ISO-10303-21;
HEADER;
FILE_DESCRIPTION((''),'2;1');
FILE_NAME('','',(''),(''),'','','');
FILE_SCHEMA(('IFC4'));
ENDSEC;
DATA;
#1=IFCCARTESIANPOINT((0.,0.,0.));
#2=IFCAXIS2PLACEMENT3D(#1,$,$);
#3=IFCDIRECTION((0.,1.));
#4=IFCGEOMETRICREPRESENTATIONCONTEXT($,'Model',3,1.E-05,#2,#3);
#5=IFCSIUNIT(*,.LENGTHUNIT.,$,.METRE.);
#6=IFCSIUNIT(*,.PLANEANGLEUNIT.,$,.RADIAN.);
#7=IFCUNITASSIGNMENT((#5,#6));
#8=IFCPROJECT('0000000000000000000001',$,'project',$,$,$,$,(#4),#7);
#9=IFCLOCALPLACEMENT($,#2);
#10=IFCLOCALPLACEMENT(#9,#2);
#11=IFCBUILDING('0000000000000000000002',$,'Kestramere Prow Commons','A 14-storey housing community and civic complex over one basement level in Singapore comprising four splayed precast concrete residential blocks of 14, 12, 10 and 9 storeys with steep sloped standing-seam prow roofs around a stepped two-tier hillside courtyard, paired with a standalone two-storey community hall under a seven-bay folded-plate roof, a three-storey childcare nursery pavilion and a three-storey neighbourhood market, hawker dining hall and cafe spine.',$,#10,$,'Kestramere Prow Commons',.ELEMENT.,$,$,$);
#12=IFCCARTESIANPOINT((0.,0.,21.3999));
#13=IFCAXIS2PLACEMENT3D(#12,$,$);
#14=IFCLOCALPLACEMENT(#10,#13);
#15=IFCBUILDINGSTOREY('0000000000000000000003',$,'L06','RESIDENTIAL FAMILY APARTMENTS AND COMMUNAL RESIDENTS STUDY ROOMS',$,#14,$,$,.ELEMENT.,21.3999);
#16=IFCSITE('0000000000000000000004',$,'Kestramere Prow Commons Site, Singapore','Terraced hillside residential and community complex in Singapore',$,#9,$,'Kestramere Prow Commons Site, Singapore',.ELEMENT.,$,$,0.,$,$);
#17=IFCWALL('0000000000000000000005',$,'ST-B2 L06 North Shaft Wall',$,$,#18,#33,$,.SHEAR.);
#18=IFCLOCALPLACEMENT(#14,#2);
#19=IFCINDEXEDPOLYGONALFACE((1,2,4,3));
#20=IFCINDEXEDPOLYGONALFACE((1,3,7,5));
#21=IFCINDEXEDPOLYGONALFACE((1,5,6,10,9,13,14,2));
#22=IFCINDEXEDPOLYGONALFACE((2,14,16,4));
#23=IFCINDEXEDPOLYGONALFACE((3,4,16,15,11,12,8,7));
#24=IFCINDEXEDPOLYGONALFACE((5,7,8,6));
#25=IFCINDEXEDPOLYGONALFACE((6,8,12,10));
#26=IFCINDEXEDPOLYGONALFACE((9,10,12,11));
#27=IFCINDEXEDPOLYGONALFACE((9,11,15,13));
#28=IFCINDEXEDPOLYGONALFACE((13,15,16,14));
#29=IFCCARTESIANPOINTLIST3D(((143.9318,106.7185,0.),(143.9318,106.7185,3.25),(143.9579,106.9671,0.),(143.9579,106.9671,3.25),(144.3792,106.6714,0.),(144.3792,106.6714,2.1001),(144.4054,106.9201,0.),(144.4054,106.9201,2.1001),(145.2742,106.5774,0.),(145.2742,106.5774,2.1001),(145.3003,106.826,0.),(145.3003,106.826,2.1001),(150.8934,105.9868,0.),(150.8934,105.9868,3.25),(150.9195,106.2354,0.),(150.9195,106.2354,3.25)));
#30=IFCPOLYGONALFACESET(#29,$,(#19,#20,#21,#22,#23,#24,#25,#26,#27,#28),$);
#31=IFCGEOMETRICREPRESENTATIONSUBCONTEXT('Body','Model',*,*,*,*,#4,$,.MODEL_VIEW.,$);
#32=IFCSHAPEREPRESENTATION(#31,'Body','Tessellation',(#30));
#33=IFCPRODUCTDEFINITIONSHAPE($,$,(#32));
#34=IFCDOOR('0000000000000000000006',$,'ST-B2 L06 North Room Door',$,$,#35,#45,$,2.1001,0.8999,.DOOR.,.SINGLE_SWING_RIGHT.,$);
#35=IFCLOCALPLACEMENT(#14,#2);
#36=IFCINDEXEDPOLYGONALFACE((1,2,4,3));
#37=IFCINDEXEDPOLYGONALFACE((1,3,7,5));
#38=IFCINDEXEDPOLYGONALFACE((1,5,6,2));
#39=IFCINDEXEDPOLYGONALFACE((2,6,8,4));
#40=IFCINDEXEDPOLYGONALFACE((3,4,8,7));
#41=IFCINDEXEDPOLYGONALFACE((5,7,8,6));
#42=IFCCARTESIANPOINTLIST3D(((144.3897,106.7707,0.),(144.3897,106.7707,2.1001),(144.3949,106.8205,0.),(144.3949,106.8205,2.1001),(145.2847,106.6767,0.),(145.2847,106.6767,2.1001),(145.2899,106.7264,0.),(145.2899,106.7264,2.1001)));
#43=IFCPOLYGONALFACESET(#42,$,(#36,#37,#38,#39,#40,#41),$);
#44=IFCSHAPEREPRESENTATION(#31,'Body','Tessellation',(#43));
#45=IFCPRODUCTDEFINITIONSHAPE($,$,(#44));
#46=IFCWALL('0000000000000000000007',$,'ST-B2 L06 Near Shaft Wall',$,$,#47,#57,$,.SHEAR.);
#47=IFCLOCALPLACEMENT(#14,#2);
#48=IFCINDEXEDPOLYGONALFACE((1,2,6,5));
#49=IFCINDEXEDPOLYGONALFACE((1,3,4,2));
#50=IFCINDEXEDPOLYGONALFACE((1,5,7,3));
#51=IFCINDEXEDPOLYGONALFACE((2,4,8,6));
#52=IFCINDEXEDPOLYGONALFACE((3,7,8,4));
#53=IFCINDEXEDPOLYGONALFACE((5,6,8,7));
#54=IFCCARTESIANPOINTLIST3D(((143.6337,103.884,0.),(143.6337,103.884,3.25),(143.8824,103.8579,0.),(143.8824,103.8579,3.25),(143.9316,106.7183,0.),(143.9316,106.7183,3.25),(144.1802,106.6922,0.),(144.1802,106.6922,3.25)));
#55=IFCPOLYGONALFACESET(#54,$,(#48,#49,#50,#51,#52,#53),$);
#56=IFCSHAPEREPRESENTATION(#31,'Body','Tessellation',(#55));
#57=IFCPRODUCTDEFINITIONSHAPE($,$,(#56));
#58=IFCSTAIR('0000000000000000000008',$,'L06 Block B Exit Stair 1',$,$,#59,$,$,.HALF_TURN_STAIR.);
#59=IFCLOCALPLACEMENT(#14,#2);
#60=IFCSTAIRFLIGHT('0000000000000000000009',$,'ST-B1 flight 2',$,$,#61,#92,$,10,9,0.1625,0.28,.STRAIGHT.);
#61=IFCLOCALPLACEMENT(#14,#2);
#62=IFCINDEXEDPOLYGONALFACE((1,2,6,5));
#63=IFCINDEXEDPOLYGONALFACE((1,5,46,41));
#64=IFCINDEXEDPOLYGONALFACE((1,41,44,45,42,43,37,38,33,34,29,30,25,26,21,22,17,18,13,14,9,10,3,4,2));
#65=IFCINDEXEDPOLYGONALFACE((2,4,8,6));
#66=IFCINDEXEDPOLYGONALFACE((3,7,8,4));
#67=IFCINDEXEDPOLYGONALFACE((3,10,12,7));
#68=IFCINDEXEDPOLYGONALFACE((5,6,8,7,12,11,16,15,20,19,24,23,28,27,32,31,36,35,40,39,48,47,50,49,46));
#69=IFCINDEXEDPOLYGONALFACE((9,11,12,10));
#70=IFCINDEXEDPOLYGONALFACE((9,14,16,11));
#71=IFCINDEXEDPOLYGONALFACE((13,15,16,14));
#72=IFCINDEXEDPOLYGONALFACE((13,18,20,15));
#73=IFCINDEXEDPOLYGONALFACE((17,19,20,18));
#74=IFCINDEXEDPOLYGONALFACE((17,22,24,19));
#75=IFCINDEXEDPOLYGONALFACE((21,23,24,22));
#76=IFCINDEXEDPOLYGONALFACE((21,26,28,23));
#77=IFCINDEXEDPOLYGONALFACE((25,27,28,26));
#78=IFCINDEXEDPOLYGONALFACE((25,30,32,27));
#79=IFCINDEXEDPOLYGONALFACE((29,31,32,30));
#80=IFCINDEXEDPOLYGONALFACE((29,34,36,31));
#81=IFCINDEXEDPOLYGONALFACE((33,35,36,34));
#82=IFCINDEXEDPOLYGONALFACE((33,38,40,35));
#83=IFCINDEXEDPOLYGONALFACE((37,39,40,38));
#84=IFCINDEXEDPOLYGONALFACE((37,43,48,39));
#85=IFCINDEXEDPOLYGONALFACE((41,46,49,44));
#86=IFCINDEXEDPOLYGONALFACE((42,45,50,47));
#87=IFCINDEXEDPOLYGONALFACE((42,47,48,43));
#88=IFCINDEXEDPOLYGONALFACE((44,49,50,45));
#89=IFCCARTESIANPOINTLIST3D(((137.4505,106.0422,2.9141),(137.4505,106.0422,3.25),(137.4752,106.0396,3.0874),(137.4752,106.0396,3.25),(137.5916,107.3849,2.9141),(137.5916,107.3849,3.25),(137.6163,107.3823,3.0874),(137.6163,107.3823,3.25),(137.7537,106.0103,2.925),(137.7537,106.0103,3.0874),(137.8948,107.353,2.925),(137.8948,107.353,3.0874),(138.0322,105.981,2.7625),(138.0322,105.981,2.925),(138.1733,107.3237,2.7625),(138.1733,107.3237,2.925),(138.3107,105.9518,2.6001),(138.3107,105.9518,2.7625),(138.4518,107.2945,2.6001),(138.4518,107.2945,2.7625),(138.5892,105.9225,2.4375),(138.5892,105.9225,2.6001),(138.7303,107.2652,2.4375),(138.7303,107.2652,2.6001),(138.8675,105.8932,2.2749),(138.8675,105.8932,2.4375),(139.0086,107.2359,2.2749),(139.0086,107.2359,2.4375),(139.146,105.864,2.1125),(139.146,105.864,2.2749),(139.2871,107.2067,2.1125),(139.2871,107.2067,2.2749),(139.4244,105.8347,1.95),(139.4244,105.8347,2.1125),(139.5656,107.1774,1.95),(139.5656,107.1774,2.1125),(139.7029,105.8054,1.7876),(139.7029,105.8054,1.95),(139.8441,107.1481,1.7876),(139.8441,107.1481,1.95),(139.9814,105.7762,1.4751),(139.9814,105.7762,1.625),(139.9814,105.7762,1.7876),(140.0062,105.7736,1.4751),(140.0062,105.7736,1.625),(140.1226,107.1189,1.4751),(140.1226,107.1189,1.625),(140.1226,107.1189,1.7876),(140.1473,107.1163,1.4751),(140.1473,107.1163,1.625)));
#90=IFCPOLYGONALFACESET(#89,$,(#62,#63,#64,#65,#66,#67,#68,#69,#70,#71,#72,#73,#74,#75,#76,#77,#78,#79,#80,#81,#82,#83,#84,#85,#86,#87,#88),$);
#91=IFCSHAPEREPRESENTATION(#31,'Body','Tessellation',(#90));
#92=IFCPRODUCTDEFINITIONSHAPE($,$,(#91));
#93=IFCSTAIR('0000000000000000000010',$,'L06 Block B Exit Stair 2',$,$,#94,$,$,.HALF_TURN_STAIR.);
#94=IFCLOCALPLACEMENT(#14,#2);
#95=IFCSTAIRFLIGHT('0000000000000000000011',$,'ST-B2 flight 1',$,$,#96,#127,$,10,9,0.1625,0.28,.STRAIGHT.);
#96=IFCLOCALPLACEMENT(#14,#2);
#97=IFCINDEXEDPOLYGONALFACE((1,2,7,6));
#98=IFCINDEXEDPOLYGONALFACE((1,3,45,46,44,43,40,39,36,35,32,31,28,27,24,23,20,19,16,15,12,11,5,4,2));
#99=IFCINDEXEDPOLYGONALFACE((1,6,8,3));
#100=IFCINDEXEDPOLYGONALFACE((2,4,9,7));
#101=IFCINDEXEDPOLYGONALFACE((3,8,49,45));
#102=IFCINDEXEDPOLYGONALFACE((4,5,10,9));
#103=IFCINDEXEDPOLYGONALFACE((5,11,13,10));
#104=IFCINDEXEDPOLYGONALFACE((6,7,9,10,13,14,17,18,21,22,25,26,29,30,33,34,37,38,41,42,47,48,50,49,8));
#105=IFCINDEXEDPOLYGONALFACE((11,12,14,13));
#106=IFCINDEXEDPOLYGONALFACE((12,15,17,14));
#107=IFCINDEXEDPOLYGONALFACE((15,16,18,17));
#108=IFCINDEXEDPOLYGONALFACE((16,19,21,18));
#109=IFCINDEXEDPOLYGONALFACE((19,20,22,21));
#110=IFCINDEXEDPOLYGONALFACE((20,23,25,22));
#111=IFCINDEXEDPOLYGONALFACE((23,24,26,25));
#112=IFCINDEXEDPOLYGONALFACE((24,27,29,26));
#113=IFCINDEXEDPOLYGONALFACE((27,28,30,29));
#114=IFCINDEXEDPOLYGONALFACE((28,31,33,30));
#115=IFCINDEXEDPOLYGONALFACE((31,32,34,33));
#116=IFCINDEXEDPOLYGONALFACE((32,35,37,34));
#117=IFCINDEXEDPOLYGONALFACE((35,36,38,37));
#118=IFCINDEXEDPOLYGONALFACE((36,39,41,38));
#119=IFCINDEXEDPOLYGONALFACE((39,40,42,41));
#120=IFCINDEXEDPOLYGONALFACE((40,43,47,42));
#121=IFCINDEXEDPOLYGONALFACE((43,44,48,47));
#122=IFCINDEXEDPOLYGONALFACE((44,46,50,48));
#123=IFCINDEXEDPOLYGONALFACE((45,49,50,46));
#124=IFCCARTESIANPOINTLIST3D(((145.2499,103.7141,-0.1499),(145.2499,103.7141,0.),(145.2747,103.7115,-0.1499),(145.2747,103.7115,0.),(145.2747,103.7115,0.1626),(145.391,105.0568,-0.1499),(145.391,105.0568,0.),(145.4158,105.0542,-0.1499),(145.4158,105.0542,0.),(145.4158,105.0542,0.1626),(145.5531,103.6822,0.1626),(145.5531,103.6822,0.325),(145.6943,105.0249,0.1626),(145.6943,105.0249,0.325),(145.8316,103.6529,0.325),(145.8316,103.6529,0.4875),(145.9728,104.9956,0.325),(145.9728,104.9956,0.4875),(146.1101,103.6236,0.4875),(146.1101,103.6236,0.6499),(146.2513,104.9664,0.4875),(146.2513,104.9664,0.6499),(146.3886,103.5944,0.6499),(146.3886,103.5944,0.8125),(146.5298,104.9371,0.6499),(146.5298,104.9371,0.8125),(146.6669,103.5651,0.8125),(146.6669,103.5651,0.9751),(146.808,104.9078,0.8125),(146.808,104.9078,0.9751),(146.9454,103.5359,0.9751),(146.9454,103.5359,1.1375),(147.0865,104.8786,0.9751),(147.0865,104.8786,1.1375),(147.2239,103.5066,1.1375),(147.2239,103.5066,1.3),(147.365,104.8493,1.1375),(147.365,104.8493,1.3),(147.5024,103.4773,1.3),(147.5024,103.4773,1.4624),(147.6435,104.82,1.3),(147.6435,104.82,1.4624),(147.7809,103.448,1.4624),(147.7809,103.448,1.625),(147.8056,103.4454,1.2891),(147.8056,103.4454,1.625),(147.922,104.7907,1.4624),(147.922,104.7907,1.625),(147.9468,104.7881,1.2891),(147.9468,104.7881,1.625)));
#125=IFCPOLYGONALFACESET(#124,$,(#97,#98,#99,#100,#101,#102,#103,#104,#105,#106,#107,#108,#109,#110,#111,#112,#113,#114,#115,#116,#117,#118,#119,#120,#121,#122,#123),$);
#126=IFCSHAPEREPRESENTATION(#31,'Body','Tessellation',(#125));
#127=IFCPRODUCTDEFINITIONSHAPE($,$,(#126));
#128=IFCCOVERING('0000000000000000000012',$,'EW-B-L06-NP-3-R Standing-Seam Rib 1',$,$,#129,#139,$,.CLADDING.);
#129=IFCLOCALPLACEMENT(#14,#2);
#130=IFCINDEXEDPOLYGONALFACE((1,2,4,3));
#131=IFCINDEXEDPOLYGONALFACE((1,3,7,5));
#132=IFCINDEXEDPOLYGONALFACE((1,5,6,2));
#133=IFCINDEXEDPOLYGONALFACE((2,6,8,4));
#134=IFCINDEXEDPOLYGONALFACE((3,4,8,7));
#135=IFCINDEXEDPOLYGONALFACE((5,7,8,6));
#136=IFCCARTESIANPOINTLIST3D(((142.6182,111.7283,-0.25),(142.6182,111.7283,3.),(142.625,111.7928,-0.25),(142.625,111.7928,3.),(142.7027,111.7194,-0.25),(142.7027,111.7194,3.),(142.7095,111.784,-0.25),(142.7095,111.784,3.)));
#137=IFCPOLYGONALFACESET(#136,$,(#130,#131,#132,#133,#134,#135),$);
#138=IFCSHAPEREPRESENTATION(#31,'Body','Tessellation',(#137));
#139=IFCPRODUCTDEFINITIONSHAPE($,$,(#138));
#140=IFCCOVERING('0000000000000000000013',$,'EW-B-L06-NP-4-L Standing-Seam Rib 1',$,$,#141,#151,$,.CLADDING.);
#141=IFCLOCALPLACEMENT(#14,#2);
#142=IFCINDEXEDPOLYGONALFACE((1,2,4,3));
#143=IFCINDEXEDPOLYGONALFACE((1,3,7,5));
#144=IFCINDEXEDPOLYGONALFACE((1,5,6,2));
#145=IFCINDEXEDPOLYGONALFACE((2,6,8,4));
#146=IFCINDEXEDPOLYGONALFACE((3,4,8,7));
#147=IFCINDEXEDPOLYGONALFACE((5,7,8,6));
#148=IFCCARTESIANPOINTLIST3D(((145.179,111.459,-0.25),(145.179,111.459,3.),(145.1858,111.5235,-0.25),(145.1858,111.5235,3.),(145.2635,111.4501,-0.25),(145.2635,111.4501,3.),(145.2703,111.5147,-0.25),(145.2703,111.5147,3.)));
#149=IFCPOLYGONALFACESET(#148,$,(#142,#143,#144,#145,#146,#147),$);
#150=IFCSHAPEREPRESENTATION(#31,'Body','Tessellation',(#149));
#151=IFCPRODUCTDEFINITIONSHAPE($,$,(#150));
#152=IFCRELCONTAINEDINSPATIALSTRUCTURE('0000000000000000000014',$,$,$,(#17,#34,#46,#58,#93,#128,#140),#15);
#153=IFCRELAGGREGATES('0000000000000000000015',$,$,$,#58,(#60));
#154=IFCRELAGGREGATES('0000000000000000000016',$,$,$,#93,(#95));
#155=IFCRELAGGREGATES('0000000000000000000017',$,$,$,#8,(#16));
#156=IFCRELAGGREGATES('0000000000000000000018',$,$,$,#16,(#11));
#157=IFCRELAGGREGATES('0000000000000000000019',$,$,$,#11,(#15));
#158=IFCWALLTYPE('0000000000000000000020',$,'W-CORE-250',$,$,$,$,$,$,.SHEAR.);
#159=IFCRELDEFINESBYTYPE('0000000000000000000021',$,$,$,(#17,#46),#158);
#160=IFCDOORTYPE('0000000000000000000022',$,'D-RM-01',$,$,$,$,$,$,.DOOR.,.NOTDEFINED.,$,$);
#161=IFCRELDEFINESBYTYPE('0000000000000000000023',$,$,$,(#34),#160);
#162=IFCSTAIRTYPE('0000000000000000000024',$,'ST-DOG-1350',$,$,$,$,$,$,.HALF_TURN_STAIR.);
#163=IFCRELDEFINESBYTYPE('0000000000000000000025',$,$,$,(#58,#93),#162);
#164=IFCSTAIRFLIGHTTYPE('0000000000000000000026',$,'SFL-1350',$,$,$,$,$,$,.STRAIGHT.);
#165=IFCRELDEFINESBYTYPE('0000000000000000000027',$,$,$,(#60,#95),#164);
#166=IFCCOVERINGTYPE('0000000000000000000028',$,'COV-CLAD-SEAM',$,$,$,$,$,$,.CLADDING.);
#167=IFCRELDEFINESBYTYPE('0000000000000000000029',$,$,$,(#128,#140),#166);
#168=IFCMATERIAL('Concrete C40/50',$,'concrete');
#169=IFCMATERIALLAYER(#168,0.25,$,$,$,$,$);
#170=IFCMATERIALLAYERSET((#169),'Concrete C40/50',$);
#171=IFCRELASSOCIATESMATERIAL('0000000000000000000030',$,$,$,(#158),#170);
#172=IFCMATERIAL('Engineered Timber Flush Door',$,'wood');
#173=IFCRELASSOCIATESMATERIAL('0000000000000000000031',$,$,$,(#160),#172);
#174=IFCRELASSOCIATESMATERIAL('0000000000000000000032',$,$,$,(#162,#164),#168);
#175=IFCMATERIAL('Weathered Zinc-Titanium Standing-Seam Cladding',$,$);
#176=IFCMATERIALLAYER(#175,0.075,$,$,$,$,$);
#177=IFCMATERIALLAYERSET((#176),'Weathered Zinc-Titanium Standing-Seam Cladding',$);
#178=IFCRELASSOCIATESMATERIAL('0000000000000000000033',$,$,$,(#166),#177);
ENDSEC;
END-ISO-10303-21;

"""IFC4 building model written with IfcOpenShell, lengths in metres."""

from ifc_helpers import new_model, si_unit, direction, frame, frame_2d, origin, origin_2d, place, context, subcontext, project, spatial, polyline, rectangle, outline, extrude, material, layer, layer_set, type_object, element, fill, aggregate, save


model = new_model("IFC4")

# Units and contexts
model_context = context("Model", 3, precision=1e-05, world=origin(), true_north=direction((0.0, 1.0)))
body_context = subcontext(model_context, "Body", "Model", "MODEL_VIEW")
ifc_project = project(units=[si_unit("LENGTHUNIT", "METRE"), si_unit("PLANEANGLEUNIT", "RADIAN")], contexts=[model_context])

# Site, building, storey
site_placement = place(None, origin())
site = spatial("IfcSite", under=ifc_project, at=site_placement, Name="Kestramere Prow Commons Site, Singapore", Description="Terraced hillside residential and community complex in Singapore", LongName="Kestramere Prow Commons Site, Singapore", CompositionType="ELEMENT", RefElevation=0.0)
building_placement = place(site_placement, origin())
building = spatial("IfcBuilding", under=site, at=building_placement, Name="Kestramere Prow Commons", Description="A 14-storey housing community and civic complex over one basement level in Singapore comprising four splayed precast concrete residential blocks of 14, 12, 10 and 9 storeys with steep sloped standing-seam prow roofs around a stepped two-tier hillside courtyard, paired with a standalone two-storey community hall under a seven-bay folded-plate roof, a three-storey childcare nursery pavilion and a three-storey neighbourhood market, hawker dining hall and cafe spine.", LongName="Kestramere Prow Commons", CompositionType="ELEMENT")
storey_placement = place(building_placement, frame((0.0, 0.0, 21.3999)))
storey = spatial("IfcBuildingStorey", under=building, at=storey_placement, Name="L06", Description="RESIDENTIAL FAMILY APARTMENTS AND COMMUNAL RESIDENTS STUDY ROOMS", CompositionType="ELEMENT", Elevation=21.3999)

# Shared definitions
ifc_material_1 = material(Name="Concrete C40/50", Category="concrete")

# Shared definitions
ifc_layer_1 = layer(ifc_material_1, 0.25)
ifc_layer_set_1 = layer_set([ifc_layer_1], Name="Concrete C40/50")
wall_type_1 = type_object("IfcWallType", Name="W-CORE-250", PredefinedType="SHEAR", material=ifc_layer_set_1)

# Wall, opening, door
wall_1_placement = place(storey_placement, frame((143.9448, 106.8428, 0.0), z_axis=(0.0, 0.0, 1.0), x_axis=(0.994522, -0.104527, 0.0)))
wall_1 = element("IfcWall", 1, at=wall_1_placement, inside=storey, type_object=wall_type_1, Name="ST-B2 L06 North Shaft Wall", PredefinedType="SHEAR", context=body_context, shape_type="SweptSolid", body=[
    extrude(rectangle(XDim=7.0, YDim=0.25, at=frame_2d((3.5, 0.0))), origin(), (0.0, 0.0, 1.0), 3.25),
])
opening_1_placement = place(wall_1_placement, frame((0.45, 0.0, 0.0)))
opening_1 = element("IfcOpeningElement", 2, at=opening_1_placement, cuts=wall_1, PredefinedType="OPENING", context=body_context, shape_type="SweptSolid", body=[
    extrude(rectangle(XDim=0.8999, YDim=2.1001, at=frame_2d((0.45, 1.05))), frame((0.0, 0.1399, 0.0), z_axis=(0.0, -1.0, 0.0), x_axis=(1.0, 0.0, 0.0)), (0.0, 0.0, 1.0), 0.28),
])
ifc_material_2 = material(Name="Engineered Timber Flush Door", Category="wood")
door_type_1 = type_object("IfcDoorType", Name="D-RM-01", OperationType="NOTDEFINED", PredefinedType="DOOR", material=ifc_material_2)
door_1_placement = place(opening_1_placement, origin())
door_1 = element("IfcDoor", 3, at=door_1_placement, inside=storey, type_object=door_type_1, Name="ST-B2 L06 North Room Door", OperationType="SINGLE_SWING_RIGHT", OverallHeight=2.1001, OverallWidth=0.8999, PredefinedType="DOOR", context=body_context, shape_type="SweptSolid", body=[
    extrude(rectangle(XDim=0.8999, YDim=2.1001, at=frame_2d((0.45, 1.05))), frame((0.0, 0.0249, 0.0), z_axis=(0.0, -1.0, 0.0), x_axis=(1.0, 0.0, 0.0)), (0.0, 0.0, 1.0), 0.05),
])
fill(opening_1, door_1)

# Wall
wall_2_placement = place(storey_placement, frame((143.7581, 103.8711, 0.0), z_axis=(0.0, 0.0, 1.0), x_axis=(0.104515, 0.994523, 0.0)))
element("IfcWall", 4, at=wall_2_placement, inside=storey, type_object=wall_type_1, Name="ST-B2 L06 Near Shaft Wall", PredefinedType="SHEAR", context=body_context, shape_type="SweptSolid", body=[
    extrude(rectangle(XDim=2.8499, YDim=0.25, at=frame_2d((1.4248, 0.0))), origin(), (0.0, 0.0, 1.0), 3.25),
])

# Stairs, stair flights
stair_type = type_object("IfcStairType", Name="ST-DOG-1350", PredefinedType="HALF_TURN_STAIR", material=ifc_material_1)
stair_1_placement = place(storey_placement, origin())
stair_1 = element("IfcStair", 5, at=stair_1_placement, inside=storey, type_object=stair_type, Name="L06 Block B Exit Stair 1", PredefinedType="HALF_TURN_STAIR")
stair_flight_type = type_object("IfcStairFlightType", Name="SFL-1350", PredefinedType="STRAIGHT", material=ifc_material_1)
stair_flight_1_placement = place(storey_placement, frame((140.052, 106.4475, 1.625), z_axis=(0.0, 0.0, 1.0), x_axis=(-0.994522, 0.104528, 0.0)))
stair_flight_1 = element("IfcStairFlight", 6, at=stair_flight_1_placement, type_object=stair_flight_type, Name="ST-B1 flight 2", NumberOfRisers=10, NumberOfTreads=9, PredefinedType="STRAIGHT", RiserHeight=0.1625, TreadLength=0.28, context=body_context, shape_type="SweptSolid", body=[
    extrude(outline(polyline([(-0.0249, 0.0), (0.0, 0.0), (0.0, 0.1626), (0.28, 0.1626), (0.28, 0.325), (0.5601, 0.325), (0.5601, 0.4875), (0.8401, 0.4875), (0.8401, 0.6499), (1.1201, 0.6499), (1.1201, 0.8125), (1.3999, 0.8125), (1.3999, 0.9751), (1.6799, 0.9751), (1.6799, 1.1375), (1.96, 1.1375), (1.96, 1.3), (2.24, 1.3), (2.24, 1.4624), (2.52, 1.4624), (2.52, 1.625), (2.5449, 1.625), (2.5449, 1.2891), (0.0, -0.1499), (-0.0249, -0.1499), (-0.0249, 0.0)])), frame((0.0, 0.675, 0.0), z_axis=(0.0, -1.0, 0.0), x_axis=(1.0, 0.0, 0.0)), (0.0, 0.0, 1.0), 1.3501),
])
aggregate(stair_1, [stair_flight_1])
stair_2_placement = place(storey_placement, origin())
stair_2 = element("IfcStair", 7, at=stair_2_placement, inside=storey, type_object=stair_type, Name="L06 Block B Exit Stair 2", PredefinedType="HALF_TURN_STAIR")
stair_flight_2_placement = place(storey_placement, frame((145.3452, 104.3828, 0.0), z_axis=(0.0, 0.0, 1.0), x_axis=(0.994522, -0.104528, 0.0)))
stair_flight_2 = element("IfcStairFlight", 8, at=stair_flight_2_placement, type_object=stair_flight_type, Name="ST-B2 flight 1", NumberOfRisers=10, NumberOfTreads=9, PredefinedType="STRAIGHT", RiserHeight=0.1625, TreadLength=0.28, context=body_context, shape_type="SweptSolid", body=[
    extrude(outline(polyline([(-0.0249, 0.0), (0.0, 0.0), (0.0, 0.1626), (0.28, 0.1626), (0.28, 0.325), (0.5601, 0.325), (0.5601, 0.4875), (0.8401, 0.4875), (0.8401, 0.6499), (1.1201, 0.6499), (1.1201, 0.8125), (1.3999, 0.8125), (1.3999, 0.9751), (1.6799, 0.9751), (1.6799, 1.1375), (1.96, 1.1375), (1.96, 1.3), (2.24, 1.3), (2.24, 1.4624), (2.52, 1.4624), (2.52, 1.625), (2.5449, 1.625), (2.5449, 1.2891), (0.0, -0.1499), (-0.0249, -0.1499), (-0.0249, 0.0)])), frame((0.0, 0.675, 0.0), z_axis=(0.0, -1.0, 0.0), x_axis=(1.0, 0.0, 0.0)), (0.0, 0.0, 1.0), 1.3501),
])
aggregate(stair_2, [stair_flight_2])

# Coverings
ifc_material_3 = material(Name="Weathered Zinc-Titanium Standing-Seam Cladding")
ifc_layer_2 = layer(ifc_material_3, 0.075)
ifc_layer_set_2 = layer_set([ifc_layer_2], Name="Weathered Zinc-Titanium Standing-Seam Cladding")
covering_type = type_object("IfcCoveringType", Name="COV-CLAD-SEAM", PredefinedType="CLADDING", material=ifc_layer_set_2)
for number, where, z_axis, x_axis, name in (
    (9, (142.6638, 111.7561, -0.25), (0.0, 0.0, 1.0), (0.994522, -0.104528, 0.0), "EW-B-L06-NP-3-R Standing-Seam Rib 1"),
    (10, (145.2246, 111.4868, -0.25), (0.0, 0.0, 1.0), (0.994522, -0.104528, 0.0), "EW-B-L06-NP-4-L Standing-Seam Rib 1"),
):
    element("IfcCovering", number, at=place(storey_placement, frame(where, z_axis=z_axis, x_axis=x_axis)), inside=storey, type_object=covering_type, Name=name, PredefinedType="CLADDING", context=body_context, shape_type="SweptSolid", body=[
        extrude(rectangle(XDim=0.085, YDim=0.0649, at=origin_2d()), origin(), (0.0, 0.0, 1.0), 3.25),
    ])

save(model, "model.ifc")
